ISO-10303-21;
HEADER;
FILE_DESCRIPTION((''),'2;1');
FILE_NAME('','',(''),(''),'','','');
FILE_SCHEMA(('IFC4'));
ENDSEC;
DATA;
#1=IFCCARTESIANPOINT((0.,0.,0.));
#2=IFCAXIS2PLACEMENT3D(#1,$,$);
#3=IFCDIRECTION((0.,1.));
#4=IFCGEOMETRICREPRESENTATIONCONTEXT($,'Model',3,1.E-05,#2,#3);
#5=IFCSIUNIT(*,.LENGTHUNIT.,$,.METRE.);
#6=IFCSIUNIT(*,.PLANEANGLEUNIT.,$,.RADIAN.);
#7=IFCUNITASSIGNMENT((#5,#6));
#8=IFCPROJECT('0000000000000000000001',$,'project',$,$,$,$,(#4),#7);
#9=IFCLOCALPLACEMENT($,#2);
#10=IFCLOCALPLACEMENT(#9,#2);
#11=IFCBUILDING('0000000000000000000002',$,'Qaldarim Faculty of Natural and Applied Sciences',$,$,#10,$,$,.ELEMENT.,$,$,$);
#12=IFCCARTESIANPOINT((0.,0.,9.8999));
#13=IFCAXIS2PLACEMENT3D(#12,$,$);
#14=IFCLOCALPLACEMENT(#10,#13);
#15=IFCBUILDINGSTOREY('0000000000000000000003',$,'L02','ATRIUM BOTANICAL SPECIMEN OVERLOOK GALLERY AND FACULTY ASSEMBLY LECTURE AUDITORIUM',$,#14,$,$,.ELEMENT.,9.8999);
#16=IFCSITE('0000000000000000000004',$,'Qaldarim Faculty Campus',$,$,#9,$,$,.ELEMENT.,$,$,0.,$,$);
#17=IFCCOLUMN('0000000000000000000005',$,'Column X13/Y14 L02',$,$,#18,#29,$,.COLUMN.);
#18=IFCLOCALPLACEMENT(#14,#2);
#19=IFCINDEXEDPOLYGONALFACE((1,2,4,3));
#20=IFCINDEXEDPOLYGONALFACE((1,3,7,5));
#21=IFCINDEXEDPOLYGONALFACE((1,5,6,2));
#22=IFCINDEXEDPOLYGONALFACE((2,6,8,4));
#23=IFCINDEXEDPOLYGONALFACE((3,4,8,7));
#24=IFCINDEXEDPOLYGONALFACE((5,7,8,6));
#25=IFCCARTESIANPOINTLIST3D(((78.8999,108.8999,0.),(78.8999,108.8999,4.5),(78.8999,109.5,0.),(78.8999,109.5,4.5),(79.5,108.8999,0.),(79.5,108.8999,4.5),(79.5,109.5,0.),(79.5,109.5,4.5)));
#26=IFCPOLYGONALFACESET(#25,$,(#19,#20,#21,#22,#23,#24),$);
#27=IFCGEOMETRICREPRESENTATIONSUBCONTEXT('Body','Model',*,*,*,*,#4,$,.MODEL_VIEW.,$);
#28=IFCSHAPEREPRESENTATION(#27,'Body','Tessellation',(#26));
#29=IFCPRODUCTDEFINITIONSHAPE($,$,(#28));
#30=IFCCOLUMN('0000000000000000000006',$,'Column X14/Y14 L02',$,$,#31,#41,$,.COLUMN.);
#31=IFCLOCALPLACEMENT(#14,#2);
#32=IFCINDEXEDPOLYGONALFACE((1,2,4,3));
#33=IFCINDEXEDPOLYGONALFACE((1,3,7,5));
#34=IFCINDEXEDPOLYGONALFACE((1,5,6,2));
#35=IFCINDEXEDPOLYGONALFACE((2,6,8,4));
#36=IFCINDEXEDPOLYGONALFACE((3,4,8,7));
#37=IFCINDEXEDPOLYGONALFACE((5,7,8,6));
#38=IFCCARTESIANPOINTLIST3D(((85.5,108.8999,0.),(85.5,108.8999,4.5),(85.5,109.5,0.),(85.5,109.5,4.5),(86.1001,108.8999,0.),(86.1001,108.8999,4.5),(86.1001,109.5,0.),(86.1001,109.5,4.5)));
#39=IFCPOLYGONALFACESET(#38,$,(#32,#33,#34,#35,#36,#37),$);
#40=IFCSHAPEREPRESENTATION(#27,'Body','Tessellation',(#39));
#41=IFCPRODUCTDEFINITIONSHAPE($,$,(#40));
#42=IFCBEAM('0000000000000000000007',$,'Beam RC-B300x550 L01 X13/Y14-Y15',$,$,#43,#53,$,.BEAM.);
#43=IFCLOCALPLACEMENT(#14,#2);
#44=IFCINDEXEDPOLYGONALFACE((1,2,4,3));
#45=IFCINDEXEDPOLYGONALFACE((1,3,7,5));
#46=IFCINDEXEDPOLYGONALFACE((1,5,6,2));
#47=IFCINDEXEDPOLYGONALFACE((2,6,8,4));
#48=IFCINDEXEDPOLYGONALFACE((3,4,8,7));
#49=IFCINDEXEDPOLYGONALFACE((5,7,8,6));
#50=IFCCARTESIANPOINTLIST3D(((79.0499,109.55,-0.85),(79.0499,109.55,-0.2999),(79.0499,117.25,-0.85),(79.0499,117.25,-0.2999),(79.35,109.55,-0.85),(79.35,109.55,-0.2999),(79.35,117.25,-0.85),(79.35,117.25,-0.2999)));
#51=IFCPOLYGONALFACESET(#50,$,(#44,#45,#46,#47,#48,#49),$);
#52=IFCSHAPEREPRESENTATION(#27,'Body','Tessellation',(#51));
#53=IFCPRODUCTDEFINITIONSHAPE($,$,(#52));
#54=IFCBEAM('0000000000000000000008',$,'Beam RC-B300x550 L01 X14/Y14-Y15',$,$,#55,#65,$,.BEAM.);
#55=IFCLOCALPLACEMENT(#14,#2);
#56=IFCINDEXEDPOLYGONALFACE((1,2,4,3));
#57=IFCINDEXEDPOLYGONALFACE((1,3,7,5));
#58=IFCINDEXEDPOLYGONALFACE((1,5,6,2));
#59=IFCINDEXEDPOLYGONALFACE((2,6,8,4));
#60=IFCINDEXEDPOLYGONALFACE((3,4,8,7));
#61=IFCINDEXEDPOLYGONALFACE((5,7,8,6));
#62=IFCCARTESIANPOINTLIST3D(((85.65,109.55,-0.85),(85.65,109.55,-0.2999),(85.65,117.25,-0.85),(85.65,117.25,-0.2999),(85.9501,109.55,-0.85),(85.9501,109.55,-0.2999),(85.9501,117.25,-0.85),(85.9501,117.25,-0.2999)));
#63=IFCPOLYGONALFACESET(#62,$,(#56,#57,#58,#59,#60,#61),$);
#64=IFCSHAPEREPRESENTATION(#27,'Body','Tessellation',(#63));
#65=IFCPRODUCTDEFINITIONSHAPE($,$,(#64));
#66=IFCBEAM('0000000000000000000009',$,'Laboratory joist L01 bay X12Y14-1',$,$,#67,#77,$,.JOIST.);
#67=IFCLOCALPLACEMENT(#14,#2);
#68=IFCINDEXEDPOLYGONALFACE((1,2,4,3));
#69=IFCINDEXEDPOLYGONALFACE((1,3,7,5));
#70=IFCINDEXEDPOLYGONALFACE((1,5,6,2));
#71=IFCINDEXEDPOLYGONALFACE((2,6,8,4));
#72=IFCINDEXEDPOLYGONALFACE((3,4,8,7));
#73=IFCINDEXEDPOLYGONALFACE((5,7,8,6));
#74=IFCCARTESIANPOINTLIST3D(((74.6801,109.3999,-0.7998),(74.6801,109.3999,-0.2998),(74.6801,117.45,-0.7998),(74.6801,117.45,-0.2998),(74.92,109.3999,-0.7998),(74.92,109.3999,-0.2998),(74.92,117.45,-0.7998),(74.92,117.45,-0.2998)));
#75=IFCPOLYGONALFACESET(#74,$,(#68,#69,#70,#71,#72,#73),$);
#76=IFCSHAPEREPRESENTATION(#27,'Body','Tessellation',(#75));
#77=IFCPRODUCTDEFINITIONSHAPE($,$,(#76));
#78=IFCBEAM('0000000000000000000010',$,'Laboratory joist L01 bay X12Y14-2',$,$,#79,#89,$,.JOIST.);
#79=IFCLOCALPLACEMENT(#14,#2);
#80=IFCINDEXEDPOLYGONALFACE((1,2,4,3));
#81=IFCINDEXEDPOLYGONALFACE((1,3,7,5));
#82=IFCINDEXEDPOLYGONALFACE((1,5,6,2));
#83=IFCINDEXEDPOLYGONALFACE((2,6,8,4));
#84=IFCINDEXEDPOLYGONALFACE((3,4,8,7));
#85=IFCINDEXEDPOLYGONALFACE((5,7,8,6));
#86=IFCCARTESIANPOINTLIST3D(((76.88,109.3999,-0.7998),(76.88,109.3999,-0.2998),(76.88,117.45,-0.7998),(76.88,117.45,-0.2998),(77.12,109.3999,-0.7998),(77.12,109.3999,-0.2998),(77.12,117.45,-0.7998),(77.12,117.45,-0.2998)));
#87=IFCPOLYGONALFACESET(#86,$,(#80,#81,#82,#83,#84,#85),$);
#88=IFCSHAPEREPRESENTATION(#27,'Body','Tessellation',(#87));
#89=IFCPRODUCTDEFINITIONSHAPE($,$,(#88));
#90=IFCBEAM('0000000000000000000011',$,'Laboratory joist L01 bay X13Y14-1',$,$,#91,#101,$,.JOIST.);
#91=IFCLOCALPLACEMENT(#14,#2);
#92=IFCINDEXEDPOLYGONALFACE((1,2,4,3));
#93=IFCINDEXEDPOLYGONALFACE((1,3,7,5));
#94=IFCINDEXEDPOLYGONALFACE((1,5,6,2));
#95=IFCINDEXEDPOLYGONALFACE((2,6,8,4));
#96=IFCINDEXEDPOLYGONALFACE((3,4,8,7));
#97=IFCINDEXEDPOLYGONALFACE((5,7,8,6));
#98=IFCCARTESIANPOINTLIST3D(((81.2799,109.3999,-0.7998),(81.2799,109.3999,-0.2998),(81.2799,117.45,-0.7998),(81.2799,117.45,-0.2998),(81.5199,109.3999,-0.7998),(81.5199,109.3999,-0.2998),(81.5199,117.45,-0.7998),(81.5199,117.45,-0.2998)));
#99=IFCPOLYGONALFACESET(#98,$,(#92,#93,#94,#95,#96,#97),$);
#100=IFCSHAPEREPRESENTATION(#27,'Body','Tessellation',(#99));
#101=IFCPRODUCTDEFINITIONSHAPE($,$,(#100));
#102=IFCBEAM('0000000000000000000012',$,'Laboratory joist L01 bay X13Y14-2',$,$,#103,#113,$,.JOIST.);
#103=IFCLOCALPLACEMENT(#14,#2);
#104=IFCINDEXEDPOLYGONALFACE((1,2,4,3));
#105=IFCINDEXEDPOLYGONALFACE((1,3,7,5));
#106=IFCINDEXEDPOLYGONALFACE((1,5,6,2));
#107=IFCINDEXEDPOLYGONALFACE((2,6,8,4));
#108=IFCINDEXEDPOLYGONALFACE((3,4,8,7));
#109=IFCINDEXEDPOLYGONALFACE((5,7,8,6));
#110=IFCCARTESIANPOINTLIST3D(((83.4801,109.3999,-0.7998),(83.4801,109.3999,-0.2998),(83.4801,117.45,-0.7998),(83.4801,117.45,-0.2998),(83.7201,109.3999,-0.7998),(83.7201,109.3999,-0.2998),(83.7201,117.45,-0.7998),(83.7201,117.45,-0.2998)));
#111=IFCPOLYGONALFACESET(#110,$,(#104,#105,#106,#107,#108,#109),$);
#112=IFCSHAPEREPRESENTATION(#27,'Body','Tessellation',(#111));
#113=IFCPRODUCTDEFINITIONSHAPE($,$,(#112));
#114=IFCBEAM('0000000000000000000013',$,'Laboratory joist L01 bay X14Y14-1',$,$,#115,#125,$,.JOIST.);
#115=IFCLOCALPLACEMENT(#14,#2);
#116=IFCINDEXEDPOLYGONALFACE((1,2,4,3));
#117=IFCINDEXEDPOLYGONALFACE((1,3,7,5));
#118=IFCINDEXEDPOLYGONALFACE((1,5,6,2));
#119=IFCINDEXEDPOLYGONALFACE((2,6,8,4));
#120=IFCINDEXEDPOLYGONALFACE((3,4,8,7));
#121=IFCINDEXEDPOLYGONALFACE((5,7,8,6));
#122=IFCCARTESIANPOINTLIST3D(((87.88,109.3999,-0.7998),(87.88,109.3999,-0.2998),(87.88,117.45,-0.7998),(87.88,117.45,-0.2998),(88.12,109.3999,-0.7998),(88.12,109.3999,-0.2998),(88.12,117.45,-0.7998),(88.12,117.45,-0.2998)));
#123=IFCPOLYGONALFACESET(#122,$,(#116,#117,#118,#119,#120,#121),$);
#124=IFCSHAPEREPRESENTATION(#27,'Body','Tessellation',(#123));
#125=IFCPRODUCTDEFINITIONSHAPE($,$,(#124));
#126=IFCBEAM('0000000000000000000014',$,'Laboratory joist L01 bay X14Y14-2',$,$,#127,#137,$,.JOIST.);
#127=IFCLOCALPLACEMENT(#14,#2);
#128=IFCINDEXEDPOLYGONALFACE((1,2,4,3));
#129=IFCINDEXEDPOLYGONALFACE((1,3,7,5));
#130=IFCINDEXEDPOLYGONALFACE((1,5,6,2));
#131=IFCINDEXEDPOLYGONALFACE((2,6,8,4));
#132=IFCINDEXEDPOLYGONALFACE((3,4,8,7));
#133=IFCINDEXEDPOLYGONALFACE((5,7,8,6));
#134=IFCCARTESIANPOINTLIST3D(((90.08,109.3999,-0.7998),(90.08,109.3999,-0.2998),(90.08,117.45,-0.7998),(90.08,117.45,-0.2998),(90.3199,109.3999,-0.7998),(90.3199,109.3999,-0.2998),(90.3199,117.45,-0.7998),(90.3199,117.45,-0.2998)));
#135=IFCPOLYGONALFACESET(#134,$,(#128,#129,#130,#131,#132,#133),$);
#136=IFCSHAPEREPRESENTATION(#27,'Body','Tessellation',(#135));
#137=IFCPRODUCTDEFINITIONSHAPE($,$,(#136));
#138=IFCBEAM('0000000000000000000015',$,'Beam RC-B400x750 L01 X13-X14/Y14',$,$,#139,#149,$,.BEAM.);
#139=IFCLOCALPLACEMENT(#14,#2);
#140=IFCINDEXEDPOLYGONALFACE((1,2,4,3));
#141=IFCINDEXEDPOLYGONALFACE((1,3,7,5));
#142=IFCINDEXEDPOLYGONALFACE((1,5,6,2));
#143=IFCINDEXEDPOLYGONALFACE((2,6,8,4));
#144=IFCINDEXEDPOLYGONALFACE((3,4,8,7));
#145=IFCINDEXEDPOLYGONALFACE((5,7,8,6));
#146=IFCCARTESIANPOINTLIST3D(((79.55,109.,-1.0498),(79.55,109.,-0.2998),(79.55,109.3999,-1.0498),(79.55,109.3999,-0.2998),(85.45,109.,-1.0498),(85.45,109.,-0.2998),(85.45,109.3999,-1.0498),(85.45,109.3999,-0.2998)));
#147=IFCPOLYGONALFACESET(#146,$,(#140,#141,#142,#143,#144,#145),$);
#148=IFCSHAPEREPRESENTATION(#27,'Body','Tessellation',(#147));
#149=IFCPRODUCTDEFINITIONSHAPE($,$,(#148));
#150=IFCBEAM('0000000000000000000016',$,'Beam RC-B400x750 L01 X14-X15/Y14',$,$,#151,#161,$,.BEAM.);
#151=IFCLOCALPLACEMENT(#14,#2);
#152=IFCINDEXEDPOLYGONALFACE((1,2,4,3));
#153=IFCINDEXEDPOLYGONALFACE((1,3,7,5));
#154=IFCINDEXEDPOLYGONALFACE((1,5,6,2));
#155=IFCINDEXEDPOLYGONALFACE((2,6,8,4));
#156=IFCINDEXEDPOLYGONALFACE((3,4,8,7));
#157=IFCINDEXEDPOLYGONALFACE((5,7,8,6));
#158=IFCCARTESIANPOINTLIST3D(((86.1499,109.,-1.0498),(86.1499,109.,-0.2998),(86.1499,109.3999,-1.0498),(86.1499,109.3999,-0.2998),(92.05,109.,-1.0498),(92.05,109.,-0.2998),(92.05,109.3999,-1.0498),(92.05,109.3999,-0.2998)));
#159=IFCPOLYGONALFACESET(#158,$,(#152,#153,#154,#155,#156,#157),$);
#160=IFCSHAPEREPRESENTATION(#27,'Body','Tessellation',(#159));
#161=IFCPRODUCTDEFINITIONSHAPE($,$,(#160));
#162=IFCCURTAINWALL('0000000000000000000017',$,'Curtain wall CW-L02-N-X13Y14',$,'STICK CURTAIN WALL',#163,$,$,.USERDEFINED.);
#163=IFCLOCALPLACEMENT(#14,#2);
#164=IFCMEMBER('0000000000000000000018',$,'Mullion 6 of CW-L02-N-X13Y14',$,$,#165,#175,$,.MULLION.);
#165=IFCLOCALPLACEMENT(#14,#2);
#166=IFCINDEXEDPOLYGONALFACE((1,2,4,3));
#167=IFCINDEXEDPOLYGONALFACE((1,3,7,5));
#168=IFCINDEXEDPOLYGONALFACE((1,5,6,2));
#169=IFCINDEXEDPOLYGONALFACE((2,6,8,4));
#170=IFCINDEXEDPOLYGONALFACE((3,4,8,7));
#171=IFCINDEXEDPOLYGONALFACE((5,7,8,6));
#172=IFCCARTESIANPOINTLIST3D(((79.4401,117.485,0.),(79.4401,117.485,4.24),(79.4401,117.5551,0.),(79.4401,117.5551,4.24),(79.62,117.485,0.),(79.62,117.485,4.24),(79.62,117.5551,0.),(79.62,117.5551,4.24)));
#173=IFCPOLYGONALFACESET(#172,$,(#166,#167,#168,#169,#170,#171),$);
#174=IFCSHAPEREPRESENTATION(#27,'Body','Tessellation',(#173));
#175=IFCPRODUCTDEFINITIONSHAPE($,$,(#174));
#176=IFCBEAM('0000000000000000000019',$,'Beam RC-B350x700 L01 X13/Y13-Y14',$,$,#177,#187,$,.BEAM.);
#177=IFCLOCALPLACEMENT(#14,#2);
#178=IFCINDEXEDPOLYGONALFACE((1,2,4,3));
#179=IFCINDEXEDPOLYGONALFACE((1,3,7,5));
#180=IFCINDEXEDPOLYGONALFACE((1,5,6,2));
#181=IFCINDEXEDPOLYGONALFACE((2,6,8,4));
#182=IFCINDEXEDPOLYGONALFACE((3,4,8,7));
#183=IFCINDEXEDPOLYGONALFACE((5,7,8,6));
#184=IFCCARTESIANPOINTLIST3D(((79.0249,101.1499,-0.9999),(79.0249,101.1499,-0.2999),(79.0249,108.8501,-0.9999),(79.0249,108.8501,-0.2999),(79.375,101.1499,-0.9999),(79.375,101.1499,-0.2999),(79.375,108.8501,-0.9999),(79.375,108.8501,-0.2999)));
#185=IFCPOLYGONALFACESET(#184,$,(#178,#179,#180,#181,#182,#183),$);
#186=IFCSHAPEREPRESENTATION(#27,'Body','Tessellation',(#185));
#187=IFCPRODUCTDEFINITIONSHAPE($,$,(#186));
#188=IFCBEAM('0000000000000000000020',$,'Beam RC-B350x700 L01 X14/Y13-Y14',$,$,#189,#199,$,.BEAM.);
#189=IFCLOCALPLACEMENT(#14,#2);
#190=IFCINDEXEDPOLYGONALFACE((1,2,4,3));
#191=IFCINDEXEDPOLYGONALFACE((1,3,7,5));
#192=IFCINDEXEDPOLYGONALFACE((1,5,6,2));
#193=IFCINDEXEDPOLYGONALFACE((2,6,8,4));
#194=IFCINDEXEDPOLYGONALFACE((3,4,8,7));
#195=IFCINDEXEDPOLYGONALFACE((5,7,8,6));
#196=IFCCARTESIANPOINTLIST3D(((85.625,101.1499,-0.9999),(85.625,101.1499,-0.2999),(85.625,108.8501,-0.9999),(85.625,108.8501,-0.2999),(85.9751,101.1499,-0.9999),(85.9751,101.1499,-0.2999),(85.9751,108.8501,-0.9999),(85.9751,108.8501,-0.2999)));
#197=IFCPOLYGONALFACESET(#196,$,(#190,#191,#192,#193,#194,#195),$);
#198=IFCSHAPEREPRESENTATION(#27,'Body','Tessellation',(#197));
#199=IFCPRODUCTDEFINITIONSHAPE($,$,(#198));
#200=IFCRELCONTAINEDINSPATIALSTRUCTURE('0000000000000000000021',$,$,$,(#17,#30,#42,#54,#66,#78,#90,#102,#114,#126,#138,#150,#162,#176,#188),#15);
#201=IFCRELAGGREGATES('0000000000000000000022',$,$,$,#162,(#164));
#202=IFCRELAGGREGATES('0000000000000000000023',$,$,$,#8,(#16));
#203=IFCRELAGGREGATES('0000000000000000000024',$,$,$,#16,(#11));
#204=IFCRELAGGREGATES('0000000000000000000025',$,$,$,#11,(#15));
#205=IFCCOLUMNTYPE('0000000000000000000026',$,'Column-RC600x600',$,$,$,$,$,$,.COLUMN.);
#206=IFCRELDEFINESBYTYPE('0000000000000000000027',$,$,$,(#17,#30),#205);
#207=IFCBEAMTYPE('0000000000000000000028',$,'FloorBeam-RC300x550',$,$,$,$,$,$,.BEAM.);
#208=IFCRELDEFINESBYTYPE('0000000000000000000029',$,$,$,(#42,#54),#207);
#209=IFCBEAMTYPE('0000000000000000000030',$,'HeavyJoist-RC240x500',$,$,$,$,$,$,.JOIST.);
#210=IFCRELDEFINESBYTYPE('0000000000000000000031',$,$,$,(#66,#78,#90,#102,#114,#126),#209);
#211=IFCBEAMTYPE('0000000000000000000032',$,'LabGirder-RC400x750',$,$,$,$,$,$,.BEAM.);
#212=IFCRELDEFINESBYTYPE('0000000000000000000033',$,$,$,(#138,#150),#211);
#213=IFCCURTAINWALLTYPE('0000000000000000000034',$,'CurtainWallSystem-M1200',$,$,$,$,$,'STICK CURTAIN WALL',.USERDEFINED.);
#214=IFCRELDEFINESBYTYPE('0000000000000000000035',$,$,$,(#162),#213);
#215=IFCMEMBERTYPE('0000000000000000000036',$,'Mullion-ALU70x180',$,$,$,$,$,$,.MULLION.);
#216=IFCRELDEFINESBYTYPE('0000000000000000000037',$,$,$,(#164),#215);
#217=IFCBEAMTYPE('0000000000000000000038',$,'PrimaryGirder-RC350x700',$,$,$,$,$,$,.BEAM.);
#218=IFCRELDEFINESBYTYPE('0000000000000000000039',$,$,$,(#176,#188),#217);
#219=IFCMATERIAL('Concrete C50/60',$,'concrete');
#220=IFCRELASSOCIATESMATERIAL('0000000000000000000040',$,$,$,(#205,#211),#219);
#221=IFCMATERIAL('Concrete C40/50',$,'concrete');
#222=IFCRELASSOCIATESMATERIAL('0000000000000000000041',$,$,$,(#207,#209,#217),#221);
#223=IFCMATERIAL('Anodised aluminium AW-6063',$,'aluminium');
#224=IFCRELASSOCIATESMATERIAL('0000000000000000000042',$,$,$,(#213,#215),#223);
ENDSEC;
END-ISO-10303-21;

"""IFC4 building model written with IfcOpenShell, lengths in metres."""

from ifc_helpers import new_model, si_unit, direction, frame, origin, origin_2d, place, context, subcontext, project, spatial, rectangle, extrude, material, material_profile, profile_set, type_object, element, aggregate, save


model = new_model("IFC4")

# Units and contexts
model_context = context("Model", 3, precision=1e-05, world=origin(), true_north=direction((0.0, 1.0)))
body_context = subcontext(model_context, "Body", "Model", "MODEL_VIEW")
ifc_project = project(units=[si_unit("LENGTHUNIT", "METRE"), si_unit("PLANEANGLEUNIT", "RADIAN")], contexts=[model_context])

# Site, building, storey
site_placement = place(None, origin())
site = spatial("IfcSite", under=ifc_project, at=site_placement, Name="Qaldarim Faculty Campus", CompositionType="ELEMENT", RefElevation=0.0)
building_placement = place(site_placement, origin())
building = spatial("IfcBuilding", under=site, at=building_placement, Name="Qaldarim Faculty of Natural and Applied Sciences", CompositionType="ELEMENT")
storey_placement = place(building_placement, frame((0.0, 0.0, 9.8999)))
storey = spatial("IfcBuildingStorey", under=building, at=storey_placement, Name="L02", Description="ATRIUM BOTANICAL SPECIMEN OVERLOOK GALLERY AND FACULTY ASSEMBLY LECTURE AUDITORIUM", CompositionType="ELEMENT", Elevation=9.8999)

# Columns
ifc_material_1 = material(Name="Concrete C50/60", Category="concrete")
ifc_material_profile_1 = material_profile(ifc_material_1, rectangle(XDim=0.6001, YDim=0.6001, at=origin_2d()), Name="RC-C600x600")
ifc_profile_set_1 = profile_set([ifc_material_profile_1], Name="Concrete C50/60")
column_type = type_object("IfcColumnType", Name="Column-RC600x600", PredefinedType="COLUMN", material=ifc_profile_set_1)
for number, where, z_axis, x_axis, name in (
    (1, (79.2, 109.2, 0.0), (0.0, 0.0, 1.0), (1.0, 0.0, 0.0), "Column X13/Y14 L02"),
    (2, (85.8, 109.2, 0.0), (0.0, 0.0, 1.0), (1.0, 0.0, 0.0), "Column X14/Y14 L02"),
):
    element("IfcColumn", number, at=place(storey_placement, frame(where, z_axis=z_axis, x_axis=x_axis)), inside=storey, type_object=column_type, Name=name, PredefinedType="COLUMN", context=body_context, shape_type="SweptSolid", body=[
        extrude(rectangle(XDim=0.6001, YDim=0.6001, at=origin_2d()), origin(), (0.0, 0.0, 1.0), 4.5),
    ])

# Beams
ifc_material_2 = material(Name="Concrete C40/50", Category="concrete")
ifc_material_profile_2 = material_profile(ifc_material_2, rectangle(XDim=0.3, YDim=0.55, at=origin_2d()), Name="RC-B300x550")
ifc_profile_set_2 = profile_set([ifc_material_profile_2], Name="Concrete C40/50")
beam_type_1 = type_object("IfcBeamType", Name="FloorBeam-RC300x550", PredefinedType="BEAM", material=ifc_profile_set_2)
for number, where, z_axis, x_axis, name in (
    (3, (79.2, 109.55, -0.575), (0.0, 1.0, 0.0), (-1.0, 0.0, 0.0), "Beam RC-B300x550 L01 X13/Y14-Y15"),
    (4, (85.8, 109.55, -0.575), (0.0, 1.0, 0.0), (-1.0, 0.0, 0.0), "Beam RC-B300x550 L01 X14/Y14-Y15"),
):
    element("IfcBeam", number, at=place(storey_placement, frame(where, z_axis=z_axis, x_axis=x_axis)), inside=storey, type_object=beam_type_1, Name=name, PredefinedType="BEAM", context=body_context, shape_type="SweptSolid", body=[
        extrude(rectangle(XDim=0.3, YDim=0.55, at=origin_2d()), origin(), (0.0, 0.0, 1.0), 7.7),
    ])
ifc_material_profile_3 = material_profile(ifc_material_2, rectangle(XDim=0.24, YDim=0.5, at=origin_2d()), Name="RC-J240x500")
ifc_profile_set_3 = profile_set([ifc_material_profile_3], Name="Concrete C40/50")
beam_type_2 = type_object("IfcBeamType", Name="HeavyJoist-RC240x500", PredefinedType="JOIST", material=ifc_profile_set_3)
for number, where, z_axis, x_axis, name in (
    (5, (74.8, 109.3999, -0.5498), (0.0, 1.0, 0.0), (-1.0, 0.0, 0.0), "Laboratory joist L01 bay X12Y14-1"),
    (6, (77.0, 109.3999, -0.5498), (0.0, 1.0, 0.0), (-1.0, 0.0, 0.0), "Laboratory joist L01 bay X12Y14-2"),
    (7, (81.3999, 109.3999, -0.5498), (0.0, 1.0, 0.0), (-1.0, 0.0, 0.0), "Laboratory joist L01 bay X13Y14-1"),
    (8, (83.6001, 109.3999, -0.5498), (0.0, 1.0, 0.0), (-1.0, 0.0, 0.0), "Laboratory joist L01 bay X13Y14-2"),
    (9, (88.0, 109.3999, -0.5498), (0.0, 1.0, 0.0), (-1.0, 0.0, 0.0), "Laboratory joist L01 bay X14Y14-1"),
    (10, (90.2, 109.3999, -0.5498), (0.0, 1.0, 0.0), (-1.0, 0.0, 0.0), "Laboratory joist L01 bay X14Y14-2"),
):
    element("IfcBeam", number, at=place(storey_placement, frame(where, z_axis=z_axis, x_axis=x_axis)), inside=storey, type_object=beam_type_2, Name=name, PredefinedType="JOIST", context=body_context, shape_type="SweptSolid", body=[
        extrude(rectangle(XDim=0.24, YDim=0.5, at=origin_2d()), origin(), (0.0, 0.0, 1.0), 8.05),
    ])
ifc_material_profile_4 = material_profile(ifc_material_1, rectangle(XDim=0.3999, YDim=0.75, at=origin_2d()), Name="RC-B400x750")
ifc_profile_set_4 = profile_set([ifc_material_profile_4], Name="Concrete C50/60")
beam_type_3 = type_object("IfcBeamType", Name="LabGirder-RC400x750", PredefinedType="BEAM", material=ifc_profile_set_4)
beam_1_placement = place(storey_placement, frame((79.55, 109.2, -0.6748), z_axis=(1.0, 0.0, 0.0), x_axis=(0.0, 1.0, 0.0)))
element("IfcBeam", 11, at=beam_1_placement, inside=storey, type_object=beam_type_3, Name="Beam RC-B400x750 L01 X13-X14/Y14", PredefinedType="BEAM", context=body_context, shape_type="SweptSolid", body=[
    extrude(rectangle(XDim=0.3999, YDim=0.75, at=origin_2d()), origin(), (0.0, 0.0, 1.0), 5.8999),
])
beam_2_placement = place(storey_placement, frame((86.1499, 109.2, -0.6748), z_axis=(1.0, 0.0, 0.0), x_axis=(0.0, 1.0, 0.0)))
element("IfcBeam", 12, at=beam_2_placement, inside=storey, type_object=beam_type_3, Name="Beam RC-B400x750 L01 X14-X15/Y14", PredefinedType="BEAM", context=body_context, shape_type="SweptSolid", body=[
    extrude(rectangle(XDim=0.3999, YDim=0.75, at=origin_2d()), origin(), (0.0, 0.0, 1.0), 5.9001),
])

# Curtain wall, member
ifc_material_3 = material(Name="Anodised aluminium AW-6063", Category="aluminium")
curtain_wall_type = type_object("IfcCurtainWallType", Name="CurtainWallSystem-M1200", ElementType="STICK CURTAIN WALL", PredefinedType="USERDEFINED", material=ifc_material_3)
curtain_wall_placement = place(storey_placement, origin())
curtain_wall = element("IfcCurtainWall", 13, at=curtain_wall_placement, inside=storey, type_object=curtain_wall_type, Name="Curtain wall CW-L02-N-X13Y14", ObjectType="STICK CURTAIN WALL", PredefinedType="USERDEFINED")
ifc_material_profile_5 = material_profile(ifc_material_3, rectangle(XDim=0.0701, YDim=0.1799, at=origin_2d()), Name="ALU-M70x180")
ifc_profile_set_5 = profile_set([ifc_material_profile_5], Name="Anodised aluminium AW-6063")
member_type = type_object("IfcMemberType", Name="Mullion-ALU70x180", PredefinedType="MULLION", material=ifc_profile_set_5)
member_placement = place(storey_placement, frame((79.53, 117.52, 0.0), z_axis=(0.0, 0.0, 1.0), x_axis=(0.0, -1.0, 0.0)))
member = element("IfcMember", 14, at=member_placement, type_object=member_type, Name="Mullion 6 of CW-L02-N-X13Y14", PredefinedType="MULLION", context=body_context, shape_type="SweptSolid", body=[
    extrude(rectangle(XDim=0.0701, YDim=0.1799, at=origin_2d()), origin(), (0.0, 0.0, 1.0), 4.24),
])

# Beams
ifc_material_profile_6 = material_profile(ifc_material_2, rectangle(XDim=0.3501, YDim=0.7, at=origin_2d()), Name="RC-B350x700")
ifc_profile_set_6 = profile_set([ifc_material_profile_6], Name="Concrete C40/50")
beam_type_4 = type_object("IfcBeamType", Name="PrimaryGirder-RC350x700", PredefinedType="BEAM", material=ifc_profile_set_6)
for number, where, z_axis, x_axis, name in (
    (15, (79.2, 101.1499, -0.6499), (0.0, 1.0, 0.0), (-1.0, 0.0, 0.0), "Beam RC-B350x700 L01 X13/Y13-Y14"),
    (16, (85.8, 101.1499, -0.6499), (0.0, 1.0, 0.0), (-1.0, 0.0, 0.0), "Beam RC-B350x700 L01 X14/Y13-Y14"),
):
    element("IfcBeam", number, at=place(storey_placement, frame(where, z_axis=z_axis, x_axis=x_axis)), inside=storey, type_object=beam_type_4, Name=name, PredefinedType="BEAM", context=body_context, shape_type="SweptSolid", body=[
        extrude(rectangle(XDim=0.3501, YDim=0.7, at=origin_2d()), origin(), (0.0, 0.0, 1.0), 7.7002),
    ])

aggregate(curtain_wall, [member])

save(model, "model.ifc")
